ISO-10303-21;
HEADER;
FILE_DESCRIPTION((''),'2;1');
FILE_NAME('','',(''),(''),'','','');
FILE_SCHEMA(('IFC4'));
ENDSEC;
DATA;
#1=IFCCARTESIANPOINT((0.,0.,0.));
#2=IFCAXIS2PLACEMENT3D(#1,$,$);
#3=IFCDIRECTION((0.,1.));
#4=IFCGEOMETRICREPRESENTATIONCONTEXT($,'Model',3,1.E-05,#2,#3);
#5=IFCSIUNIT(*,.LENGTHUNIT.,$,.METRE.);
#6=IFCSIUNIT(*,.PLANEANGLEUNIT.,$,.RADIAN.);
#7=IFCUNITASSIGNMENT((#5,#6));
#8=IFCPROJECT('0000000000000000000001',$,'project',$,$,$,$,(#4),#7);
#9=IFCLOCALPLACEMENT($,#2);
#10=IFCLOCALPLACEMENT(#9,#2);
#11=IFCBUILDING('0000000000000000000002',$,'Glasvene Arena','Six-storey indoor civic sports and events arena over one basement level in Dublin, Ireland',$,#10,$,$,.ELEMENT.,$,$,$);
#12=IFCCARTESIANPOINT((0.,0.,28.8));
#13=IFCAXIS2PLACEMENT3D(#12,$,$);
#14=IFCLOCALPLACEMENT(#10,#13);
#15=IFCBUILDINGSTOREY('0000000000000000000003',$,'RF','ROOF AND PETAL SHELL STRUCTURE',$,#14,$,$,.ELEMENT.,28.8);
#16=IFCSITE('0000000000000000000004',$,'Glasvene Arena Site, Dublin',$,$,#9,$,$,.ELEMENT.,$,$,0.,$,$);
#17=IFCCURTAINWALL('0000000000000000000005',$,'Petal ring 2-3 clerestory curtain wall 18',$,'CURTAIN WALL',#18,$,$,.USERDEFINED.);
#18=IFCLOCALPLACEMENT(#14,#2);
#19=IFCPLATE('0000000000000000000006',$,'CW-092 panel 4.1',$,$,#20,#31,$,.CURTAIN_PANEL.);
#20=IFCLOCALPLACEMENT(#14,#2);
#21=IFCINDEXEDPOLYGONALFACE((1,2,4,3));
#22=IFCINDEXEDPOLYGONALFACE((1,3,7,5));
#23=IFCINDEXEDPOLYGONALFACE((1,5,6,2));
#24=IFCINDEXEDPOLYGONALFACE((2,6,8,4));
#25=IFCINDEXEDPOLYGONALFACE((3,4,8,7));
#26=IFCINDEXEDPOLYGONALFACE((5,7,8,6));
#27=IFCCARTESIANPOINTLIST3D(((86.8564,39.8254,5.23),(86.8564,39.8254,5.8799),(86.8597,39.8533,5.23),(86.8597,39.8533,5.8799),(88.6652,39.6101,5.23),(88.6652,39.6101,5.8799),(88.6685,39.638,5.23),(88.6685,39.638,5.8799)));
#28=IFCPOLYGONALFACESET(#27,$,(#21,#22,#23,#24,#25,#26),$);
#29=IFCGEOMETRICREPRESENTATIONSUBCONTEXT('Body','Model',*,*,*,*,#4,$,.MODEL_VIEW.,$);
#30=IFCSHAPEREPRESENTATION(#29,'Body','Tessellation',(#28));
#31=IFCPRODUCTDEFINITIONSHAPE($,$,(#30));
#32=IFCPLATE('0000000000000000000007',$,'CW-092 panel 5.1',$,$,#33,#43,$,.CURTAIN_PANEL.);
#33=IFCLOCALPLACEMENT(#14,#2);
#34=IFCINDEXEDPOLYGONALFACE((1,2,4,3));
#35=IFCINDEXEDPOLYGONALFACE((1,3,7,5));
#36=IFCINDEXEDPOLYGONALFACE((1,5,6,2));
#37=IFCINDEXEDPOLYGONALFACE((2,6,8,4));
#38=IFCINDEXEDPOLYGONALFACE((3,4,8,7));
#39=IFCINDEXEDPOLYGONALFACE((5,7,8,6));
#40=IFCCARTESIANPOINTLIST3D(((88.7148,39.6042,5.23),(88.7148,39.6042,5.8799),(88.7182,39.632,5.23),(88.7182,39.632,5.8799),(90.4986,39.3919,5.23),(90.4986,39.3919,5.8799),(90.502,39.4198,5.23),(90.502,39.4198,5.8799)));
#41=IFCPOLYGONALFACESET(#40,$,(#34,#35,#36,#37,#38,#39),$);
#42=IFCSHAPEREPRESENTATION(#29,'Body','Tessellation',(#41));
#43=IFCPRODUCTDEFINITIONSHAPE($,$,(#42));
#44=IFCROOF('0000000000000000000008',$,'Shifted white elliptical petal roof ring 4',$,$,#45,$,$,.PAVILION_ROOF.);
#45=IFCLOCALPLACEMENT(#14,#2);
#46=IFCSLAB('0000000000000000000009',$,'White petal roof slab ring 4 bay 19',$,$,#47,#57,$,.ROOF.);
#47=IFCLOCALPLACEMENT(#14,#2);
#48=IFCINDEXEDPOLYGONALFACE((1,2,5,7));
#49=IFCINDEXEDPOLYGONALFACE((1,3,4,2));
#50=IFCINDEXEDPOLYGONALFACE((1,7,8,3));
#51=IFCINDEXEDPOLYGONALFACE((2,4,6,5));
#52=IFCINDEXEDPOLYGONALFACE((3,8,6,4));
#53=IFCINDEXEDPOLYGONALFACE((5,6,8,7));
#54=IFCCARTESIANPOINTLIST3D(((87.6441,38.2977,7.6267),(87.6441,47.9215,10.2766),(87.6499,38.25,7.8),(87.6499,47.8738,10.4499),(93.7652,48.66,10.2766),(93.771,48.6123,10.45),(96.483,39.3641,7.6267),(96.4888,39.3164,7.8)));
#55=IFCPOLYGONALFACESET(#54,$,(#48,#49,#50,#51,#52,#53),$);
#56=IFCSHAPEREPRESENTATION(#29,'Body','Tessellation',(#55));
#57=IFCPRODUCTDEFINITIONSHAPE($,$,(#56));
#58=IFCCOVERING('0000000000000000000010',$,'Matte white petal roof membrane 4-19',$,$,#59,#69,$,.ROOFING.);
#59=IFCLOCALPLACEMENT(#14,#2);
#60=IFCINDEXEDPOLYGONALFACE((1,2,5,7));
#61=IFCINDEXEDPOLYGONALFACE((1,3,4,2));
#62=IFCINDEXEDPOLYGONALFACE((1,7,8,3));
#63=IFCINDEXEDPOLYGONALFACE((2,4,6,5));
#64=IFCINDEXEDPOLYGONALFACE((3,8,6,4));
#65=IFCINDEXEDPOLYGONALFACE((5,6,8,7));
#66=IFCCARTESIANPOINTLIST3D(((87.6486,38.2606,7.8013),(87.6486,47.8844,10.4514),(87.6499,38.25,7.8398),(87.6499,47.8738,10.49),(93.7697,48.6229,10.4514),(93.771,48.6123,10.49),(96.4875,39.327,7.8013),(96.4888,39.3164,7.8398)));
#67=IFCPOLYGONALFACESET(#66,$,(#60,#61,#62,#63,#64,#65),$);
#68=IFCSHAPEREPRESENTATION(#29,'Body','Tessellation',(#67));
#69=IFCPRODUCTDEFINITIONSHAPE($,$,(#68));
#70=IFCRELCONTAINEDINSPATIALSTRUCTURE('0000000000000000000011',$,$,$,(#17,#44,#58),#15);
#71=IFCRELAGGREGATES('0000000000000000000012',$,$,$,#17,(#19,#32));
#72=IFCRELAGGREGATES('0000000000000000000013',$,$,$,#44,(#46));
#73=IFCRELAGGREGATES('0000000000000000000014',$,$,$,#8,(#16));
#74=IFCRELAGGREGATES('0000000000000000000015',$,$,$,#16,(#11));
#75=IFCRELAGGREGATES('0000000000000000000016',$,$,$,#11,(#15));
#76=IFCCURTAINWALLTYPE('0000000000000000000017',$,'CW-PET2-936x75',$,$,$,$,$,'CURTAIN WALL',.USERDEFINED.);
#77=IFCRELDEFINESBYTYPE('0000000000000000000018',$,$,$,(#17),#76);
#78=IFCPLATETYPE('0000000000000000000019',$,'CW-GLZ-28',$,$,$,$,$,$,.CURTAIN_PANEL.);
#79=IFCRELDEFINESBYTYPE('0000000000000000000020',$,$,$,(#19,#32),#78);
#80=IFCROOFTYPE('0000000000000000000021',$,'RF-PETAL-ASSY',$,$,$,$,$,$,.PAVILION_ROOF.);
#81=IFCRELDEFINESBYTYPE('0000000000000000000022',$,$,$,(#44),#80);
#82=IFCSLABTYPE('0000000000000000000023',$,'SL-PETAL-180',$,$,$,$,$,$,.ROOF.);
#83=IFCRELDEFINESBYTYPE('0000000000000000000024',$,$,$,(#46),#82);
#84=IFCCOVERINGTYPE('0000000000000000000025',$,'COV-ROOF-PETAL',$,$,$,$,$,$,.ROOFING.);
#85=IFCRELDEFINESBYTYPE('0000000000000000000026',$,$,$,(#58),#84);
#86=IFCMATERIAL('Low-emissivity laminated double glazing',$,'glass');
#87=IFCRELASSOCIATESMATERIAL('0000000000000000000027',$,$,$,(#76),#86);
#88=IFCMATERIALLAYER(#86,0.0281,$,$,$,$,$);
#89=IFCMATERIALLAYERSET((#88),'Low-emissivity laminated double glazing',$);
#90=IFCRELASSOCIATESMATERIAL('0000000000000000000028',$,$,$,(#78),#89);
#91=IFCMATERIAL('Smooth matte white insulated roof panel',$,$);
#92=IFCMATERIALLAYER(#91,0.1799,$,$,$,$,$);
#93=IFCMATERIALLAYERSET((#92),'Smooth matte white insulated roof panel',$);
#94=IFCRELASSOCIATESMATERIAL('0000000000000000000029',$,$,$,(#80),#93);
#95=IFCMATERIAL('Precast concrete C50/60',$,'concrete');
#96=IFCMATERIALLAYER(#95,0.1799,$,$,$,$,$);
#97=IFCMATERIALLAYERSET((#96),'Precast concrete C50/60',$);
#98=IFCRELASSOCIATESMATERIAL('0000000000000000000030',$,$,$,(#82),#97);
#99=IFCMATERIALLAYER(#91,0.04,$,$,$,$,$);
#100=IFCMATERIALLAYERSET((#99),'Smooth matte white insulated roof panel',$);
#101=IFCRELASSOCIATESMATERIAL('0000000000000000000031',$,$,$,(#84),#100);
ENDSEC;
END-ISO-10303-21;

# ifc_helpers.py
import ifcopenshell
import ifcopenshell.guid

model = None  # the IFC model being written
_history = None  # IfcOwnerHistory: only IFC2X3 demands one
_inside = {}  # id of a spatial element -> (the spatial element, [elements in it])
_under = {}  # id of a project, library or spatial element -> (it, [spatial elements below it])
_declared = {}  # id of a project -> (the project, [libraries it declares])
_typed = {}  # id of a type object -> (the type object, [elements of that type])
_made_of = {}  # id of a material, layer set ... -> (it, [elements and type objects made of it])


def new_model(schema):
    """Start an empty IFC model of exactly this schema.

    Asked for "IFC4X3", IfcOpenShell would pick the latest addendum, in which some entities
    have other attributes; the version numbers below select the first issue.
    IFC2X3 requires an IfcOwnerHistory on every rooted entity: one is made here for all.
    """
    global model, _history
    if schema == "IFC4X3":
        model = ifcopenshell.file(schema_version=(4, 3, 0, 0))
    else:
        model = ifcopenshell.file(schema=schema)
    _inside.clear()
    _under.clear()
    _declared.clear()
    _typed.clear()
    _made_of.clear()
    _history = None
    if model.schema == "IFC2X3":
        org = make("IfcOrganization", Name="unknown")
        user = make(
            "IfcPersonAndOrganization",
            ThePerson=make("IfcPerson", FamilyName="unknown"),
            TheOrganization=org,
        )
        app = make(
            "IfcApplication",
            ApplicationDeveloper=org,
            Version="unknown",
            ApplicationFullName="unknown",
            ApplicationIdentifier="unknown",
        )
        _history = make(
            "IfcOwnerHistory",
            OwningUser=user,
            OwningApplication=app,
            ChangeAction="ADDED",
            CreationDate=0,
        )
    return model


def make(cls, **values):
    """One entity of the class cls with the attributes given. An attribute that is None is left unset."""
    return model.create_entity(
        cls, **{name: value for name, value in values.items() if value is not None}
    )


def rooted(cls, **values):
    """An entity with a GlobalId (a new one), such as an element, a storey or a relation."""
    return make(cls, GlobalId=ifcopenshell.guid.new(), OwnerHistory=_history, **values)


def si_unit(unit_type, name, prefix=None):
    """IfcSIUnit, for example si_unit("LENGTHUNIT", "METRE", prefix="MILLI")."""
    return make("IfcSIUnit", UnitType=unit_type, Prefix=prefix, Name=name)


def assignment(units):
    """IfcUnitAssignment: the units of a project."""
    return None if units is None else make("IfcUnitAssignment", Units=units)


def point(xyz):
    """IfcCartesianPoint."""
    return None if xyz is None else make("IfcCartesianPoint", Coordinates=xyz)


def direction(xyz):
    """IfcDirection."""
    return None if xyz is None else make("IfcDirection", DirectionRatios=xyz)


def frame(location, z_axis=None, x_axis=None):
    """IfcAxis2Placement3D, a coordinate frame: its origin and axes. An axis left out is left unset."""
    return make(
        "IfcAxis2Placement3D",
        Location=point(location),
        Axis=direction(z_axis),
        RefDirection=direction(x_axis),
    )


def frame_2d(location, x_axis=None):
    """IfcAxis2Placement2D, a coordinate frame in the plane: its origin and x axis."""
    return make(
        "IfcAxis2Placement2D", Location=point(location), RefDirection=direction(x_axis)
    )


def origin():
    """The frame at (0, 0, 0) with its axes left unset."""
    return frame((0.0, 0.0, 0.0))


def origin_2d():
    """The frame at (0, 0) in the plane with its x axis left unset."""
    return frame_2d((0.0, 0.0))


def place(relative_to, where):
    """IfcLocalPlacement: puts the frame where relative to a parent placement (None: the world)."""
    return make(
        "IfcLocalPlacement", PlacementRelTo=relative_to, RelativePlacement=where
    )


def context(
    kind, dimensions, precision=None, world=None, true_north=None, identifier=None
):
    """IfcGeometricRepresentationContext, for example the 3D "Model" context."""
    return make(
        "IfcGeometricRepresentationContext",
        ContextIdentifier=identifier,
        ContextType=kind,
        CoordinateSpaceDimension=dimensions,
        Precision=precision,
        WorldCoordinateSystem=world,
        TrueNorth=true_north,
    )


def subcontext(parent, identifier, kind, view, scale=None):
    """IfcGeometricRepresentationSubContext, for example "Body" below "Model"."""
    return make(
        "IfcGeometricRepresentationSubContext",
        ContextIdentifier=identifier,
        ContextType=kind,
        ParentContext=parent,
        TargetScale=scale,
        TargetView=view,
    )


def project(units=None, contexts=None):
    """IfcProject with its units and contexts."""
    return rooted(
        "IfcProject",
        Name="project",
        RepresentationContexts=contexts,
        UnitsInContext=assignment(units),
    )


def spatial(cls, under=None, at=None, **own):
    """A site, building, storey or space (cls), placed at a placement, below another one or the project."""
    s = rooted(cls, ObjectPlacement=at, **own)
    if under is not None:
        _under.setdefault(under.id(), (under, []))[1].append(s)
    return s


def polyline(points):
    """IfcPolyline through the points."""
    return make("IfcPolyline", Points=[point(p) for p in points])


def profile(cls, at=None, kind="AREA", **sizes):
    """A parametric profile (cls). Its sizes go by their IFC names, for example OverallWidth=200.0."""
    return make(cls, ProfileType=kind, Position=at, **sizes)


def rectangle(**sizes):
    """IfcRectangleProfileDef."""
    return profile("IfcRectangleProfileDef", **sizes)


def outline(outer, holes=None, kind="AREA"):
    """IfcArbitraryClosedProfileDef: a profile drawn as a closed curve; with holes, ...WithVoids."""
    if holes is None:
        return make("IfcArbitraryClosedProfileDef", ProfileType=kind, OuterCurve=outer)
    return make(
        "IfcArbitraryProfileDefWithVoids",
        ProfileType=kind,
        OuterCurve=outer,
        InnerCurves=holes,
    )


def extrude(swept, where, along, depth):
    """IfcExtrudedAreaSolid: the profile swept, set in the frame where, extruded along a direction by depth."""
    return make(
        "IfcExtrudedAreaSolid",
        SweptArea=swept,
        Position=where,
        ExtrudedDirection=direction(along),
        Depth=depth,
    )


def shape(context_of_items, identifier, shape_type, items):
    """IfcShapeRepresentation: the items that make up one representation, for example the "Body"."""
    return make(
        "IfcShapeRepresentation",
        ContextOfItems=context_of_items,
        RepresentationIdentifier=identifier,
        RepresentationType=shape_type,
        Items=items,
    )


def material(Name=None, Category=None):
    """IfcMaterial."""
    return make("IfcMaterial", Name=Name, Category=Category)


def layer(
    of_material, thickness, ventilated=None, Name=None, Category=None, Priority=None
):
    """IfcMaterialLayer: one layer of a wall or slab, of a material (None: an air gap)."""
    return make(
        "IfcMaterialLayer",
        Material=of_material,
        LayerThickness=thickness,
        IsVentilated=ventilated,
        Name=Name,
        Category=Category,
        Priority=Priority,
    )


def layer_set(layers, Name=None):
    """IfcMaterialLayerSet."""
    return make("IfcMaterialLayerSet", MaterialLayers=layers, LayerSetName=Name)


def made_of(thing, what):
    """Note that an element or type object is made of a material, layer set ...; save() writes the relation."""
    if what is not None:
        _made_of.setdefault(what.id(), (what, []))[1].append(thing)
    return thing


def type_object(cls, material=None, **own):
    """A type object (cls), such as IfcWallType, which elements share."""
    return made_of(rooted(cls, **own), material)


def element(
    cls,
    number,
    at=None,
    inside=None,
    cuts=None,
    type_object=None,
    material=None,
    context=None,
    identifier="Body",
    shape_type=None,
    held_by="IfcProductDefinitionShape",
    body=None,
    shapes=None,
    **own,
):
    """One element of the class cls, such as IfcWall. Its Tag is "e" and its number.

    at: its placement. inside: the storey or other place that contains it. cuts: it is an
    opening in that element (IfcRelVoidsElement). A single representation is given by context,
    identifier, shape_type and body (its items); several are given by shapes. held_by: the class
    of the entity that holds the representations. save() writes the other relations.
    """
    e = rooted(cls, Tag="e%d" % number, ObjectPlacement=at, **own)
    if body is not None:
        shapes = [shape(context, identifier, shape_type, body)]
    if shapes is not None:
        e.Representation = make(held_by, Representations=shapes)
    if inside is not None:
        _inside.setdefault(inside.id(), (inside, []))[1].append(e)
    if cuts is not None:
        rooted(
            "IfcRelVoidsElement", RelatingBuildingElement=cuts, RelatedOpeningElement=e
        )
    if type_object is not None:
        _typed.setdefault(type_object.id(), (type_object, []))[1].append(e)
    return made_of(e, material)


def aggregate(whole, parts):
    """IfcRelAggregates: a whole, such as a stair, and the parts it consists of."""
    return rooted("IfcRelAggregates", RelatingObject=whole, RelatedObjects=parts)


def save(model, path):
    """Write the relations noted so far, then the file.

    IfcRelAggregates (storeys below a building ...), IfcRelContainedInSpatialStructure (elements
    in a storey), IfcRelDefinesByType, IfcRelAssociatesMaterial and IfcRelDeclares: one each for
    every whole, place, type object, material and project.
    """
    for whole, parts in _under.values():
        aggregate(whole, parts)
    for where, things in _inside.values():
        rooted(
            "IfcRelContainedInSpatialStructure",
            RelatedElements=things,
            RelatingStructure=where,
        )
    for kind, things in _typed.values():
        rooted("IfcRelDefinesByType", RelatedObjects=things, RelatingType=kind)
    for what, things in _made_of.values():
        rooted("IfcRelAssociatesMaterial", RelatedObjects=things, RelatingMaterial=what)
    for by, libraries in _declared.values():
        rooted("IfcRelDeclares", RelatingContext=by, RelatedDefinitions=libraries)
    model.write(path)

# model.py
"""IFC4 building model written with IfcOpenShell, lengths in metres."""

from ifc_helpers import new_model, si_unit, direction, frame, origin, origin_2d, place, context, subcontext, project, spatial, polyline, rectangle, outline, extrude, material, layer, layer_set, type_object, element, aggregate, save


model = new_model("IFC4")

# Units and contexts
model_context = context("Model", 3, precision=1e-05, world=origin(), true_north=direction((0.0, 1.0)))
body_context = subcontext(model_context, "Body", "Model", "MODEL_VIEW")
ifc_project = project(units=[si_unit("LENGTHUNIT", "METRE"), si_unit("PLANEANGLEUNIT", "RADIAN")], contexts=[model_context])

# Site, building, storey
site_placement = place(None, origin())
site = spatial("IfcSite", under=ifc_project, at=site_placement, Name="Glasvene Arena Site, Dublin", CompositionType="ELEMENT", RefElevation=0.0)
building_placement = place(site_placement, origin())
building = spatial("IfcBuilding", under=site, at=building_placement, Name="Glasvene Arena", Description="Six-storey indoor civic sports and events arena over one basement level in Dublin, Ireland", CompositionType="ELEMENT")
storey_placement = place(building_placement, frame((0.0, 0.0, 28.8)))
storey = spatial("IfcBuildingStorey", under=building, at=storey_placement, Name="RF", Description="ROOF AND PETAL SHELL STRUCTURE", CompositionType="ELEMENT", Elevation=28.8)

# Curtain wall
ifc_material_1 = material(Name="Low-emissivity laminated double glazing", Category="glass")
curtain_wall_type_1 = type_object("IfcCurtainWallType", Name="CW-PET2-936x75", ElementType="CURTAIN WALL", PredefinedType="USERDEFINED", material=ifc_material_1)
curtain_wall_1_placement = place(storey_placement, frame((81.2583, 40.5056, 0.0)))
curtain_wall_1 = element("IfcCurtainWall", 1, at=curtain_wall_1_placement, inside=storey, type_object=curtain_wall_type_1, Name="Petal ring 2-3 clerestory curtain wall 18", ObjectType="CURTAIN WALL", PredefinedType="USERDEFINED")

# Plates
ifc_layer_1 = layer(ifc_material_1, 0.0281)
ifc_layer_set_1 = layer_set([ifc_layer_1], Name="Low-emissivity laminated double glazing")
plate_type = type_object("IfcPlateType", Name="CW-GLZ-28", PredefinedType="CURTAIN_PANEL", material=ifc_layer_set_1)
plate_1_placement = place(storey_placement, frame((87.7625, 39.7317, 5.23), z_axis=(0.0, 0.0, 1.0), x_axis=(0.992994, -0.118166, 0.0)))
plate_1 = element("IfcPlate", 2, at=plate_1_placement, type_object=plate_type, Name="CW-092 panel 4.1", PredefinedType="CURTAIN_PANEL", context=body_context, shape_type="SweptSolid", body=[
    extrude(rectangle(XDim=1.8215, YDim=0.0281, at=origin_2d()), origin(), (0.0, 0.0, 1.0), 0.6499),
])
plate_2_placement = place(storey_placement, frame((89.6084, 39.512, 5.23), z_axis=(0.0, 0.0, 1.0), x_axis=(0.992994, -0.118166, 0.0)))
plate_2 = element("IfcPlate", 3, at=plate_2_placement, type_object=plate_type, Name="CW-092 panel 5.1", PredefinedType="CURTAIN_PANEL", context=body_context, shape_type="SweptSolid", body=[
    extrude(rectangle(XDim=1.7964, YDim=0.0281, at=origin_2d()), origin(), (0.0, 0.0, 1.0), 0.6499),
])
aggregate(curtain_wall_1, [plate_1, plate_2])

# Roof, slab
ifc_material_2 = material(Name="Smooth matte white insulated roof panel")
ifc_layer_2 = layer(ifc_material_2, 0.1799)
ifc_layer_set_2 = layer_set([ifc_layer_2], Name="Smooth matte white insulated roof panel")
roof_type = type_object("IfcRoofType", Name="RF-PETAL-ASSY", PredefinedType="PAVILION_ROOF", material=ifc_layer_set_2)
roof_placement = place(storey_placement, frame((87.6499, 69.55, 7.8)))
roof = element("IfcRoof", 4, at=roof_placement, inside=storey, type_object=roof_type, Name="Shifted white elliptical petal roof ring 4", PredefinedType="PAVILION_ROOF")
ifc_material_3 = material(Name="Precast concrete C50/60", Category="concrete")
ifc_layer_3 = layer(ifc_material_3, 0.1799)
ifc_layer_set_3 = layer_set([ifc_layer_3], Name="Precast concrete C50/60")
slab_type = type_object("IfcSlabType", Name="SL-PETAL-180", PredefinedType="ROOF", material=ifc_layer_set_3)
slab_placement = place(storey_placement, frame((87.6499, 38.25, 7.8), z_axis=(0.032013, -0.265333, 0.963625), x_axis=(0.9928, 0.119781, 0.0)))
slab = element("IfcSlab", 5, at=slab_placement, type_object=slab_type, Name="White petal roof slab ring 4 bay 19", PredefinedType="ROOF", context=body_context, shape_type="SweptSolid", body=[
    extrude(outline(polyline([(0.0, 0.0), (8.903, 0.0), (7.3182, 9.9152), (1.1527, 9.9152), (0.0, 0.0)])), origin(), (0.0, 0.0, -1.0), 0.1799),
])
aggregate(roof, [slab])

# Covering
ifc_layer_4 = layer(ifc_material_2, 0.04)
ifc_layer_set_4 = layer_set([ifc_layer_4], Name="Smooth matte white insulated roof panel")
covering_type = type_object("IfcCoveringType", Name="COV-ROOF-PETAL", PredefinedType="ROOFING", material=ifc_layer_set_4)
covering_placement = place(storey_placement, frame((87.6499, 38.25, 7.8398), z_axis=(0.032015, -0.265356, 0.963619), x_axis=(0.9928, 0.119781, 0.0)))
element("IfcCovering", 6, at=covering_placement, inside=storey, type_object=covering_type, Name="Matte white petal roof membrane 4-19", PredefinedType="ROOFING", context=body_context, shape_type="SweptSolid", body=[
    extrude(outline(polyline([(0.0, 0.0), (8.903, 0.0), (7.3182, 9.9152), (1.1527, 9.9152), (0.0, 0.0)])), origin(), (0.0, 0.0, -1.0), 0.04),
])

save(model, "model.ifc")
